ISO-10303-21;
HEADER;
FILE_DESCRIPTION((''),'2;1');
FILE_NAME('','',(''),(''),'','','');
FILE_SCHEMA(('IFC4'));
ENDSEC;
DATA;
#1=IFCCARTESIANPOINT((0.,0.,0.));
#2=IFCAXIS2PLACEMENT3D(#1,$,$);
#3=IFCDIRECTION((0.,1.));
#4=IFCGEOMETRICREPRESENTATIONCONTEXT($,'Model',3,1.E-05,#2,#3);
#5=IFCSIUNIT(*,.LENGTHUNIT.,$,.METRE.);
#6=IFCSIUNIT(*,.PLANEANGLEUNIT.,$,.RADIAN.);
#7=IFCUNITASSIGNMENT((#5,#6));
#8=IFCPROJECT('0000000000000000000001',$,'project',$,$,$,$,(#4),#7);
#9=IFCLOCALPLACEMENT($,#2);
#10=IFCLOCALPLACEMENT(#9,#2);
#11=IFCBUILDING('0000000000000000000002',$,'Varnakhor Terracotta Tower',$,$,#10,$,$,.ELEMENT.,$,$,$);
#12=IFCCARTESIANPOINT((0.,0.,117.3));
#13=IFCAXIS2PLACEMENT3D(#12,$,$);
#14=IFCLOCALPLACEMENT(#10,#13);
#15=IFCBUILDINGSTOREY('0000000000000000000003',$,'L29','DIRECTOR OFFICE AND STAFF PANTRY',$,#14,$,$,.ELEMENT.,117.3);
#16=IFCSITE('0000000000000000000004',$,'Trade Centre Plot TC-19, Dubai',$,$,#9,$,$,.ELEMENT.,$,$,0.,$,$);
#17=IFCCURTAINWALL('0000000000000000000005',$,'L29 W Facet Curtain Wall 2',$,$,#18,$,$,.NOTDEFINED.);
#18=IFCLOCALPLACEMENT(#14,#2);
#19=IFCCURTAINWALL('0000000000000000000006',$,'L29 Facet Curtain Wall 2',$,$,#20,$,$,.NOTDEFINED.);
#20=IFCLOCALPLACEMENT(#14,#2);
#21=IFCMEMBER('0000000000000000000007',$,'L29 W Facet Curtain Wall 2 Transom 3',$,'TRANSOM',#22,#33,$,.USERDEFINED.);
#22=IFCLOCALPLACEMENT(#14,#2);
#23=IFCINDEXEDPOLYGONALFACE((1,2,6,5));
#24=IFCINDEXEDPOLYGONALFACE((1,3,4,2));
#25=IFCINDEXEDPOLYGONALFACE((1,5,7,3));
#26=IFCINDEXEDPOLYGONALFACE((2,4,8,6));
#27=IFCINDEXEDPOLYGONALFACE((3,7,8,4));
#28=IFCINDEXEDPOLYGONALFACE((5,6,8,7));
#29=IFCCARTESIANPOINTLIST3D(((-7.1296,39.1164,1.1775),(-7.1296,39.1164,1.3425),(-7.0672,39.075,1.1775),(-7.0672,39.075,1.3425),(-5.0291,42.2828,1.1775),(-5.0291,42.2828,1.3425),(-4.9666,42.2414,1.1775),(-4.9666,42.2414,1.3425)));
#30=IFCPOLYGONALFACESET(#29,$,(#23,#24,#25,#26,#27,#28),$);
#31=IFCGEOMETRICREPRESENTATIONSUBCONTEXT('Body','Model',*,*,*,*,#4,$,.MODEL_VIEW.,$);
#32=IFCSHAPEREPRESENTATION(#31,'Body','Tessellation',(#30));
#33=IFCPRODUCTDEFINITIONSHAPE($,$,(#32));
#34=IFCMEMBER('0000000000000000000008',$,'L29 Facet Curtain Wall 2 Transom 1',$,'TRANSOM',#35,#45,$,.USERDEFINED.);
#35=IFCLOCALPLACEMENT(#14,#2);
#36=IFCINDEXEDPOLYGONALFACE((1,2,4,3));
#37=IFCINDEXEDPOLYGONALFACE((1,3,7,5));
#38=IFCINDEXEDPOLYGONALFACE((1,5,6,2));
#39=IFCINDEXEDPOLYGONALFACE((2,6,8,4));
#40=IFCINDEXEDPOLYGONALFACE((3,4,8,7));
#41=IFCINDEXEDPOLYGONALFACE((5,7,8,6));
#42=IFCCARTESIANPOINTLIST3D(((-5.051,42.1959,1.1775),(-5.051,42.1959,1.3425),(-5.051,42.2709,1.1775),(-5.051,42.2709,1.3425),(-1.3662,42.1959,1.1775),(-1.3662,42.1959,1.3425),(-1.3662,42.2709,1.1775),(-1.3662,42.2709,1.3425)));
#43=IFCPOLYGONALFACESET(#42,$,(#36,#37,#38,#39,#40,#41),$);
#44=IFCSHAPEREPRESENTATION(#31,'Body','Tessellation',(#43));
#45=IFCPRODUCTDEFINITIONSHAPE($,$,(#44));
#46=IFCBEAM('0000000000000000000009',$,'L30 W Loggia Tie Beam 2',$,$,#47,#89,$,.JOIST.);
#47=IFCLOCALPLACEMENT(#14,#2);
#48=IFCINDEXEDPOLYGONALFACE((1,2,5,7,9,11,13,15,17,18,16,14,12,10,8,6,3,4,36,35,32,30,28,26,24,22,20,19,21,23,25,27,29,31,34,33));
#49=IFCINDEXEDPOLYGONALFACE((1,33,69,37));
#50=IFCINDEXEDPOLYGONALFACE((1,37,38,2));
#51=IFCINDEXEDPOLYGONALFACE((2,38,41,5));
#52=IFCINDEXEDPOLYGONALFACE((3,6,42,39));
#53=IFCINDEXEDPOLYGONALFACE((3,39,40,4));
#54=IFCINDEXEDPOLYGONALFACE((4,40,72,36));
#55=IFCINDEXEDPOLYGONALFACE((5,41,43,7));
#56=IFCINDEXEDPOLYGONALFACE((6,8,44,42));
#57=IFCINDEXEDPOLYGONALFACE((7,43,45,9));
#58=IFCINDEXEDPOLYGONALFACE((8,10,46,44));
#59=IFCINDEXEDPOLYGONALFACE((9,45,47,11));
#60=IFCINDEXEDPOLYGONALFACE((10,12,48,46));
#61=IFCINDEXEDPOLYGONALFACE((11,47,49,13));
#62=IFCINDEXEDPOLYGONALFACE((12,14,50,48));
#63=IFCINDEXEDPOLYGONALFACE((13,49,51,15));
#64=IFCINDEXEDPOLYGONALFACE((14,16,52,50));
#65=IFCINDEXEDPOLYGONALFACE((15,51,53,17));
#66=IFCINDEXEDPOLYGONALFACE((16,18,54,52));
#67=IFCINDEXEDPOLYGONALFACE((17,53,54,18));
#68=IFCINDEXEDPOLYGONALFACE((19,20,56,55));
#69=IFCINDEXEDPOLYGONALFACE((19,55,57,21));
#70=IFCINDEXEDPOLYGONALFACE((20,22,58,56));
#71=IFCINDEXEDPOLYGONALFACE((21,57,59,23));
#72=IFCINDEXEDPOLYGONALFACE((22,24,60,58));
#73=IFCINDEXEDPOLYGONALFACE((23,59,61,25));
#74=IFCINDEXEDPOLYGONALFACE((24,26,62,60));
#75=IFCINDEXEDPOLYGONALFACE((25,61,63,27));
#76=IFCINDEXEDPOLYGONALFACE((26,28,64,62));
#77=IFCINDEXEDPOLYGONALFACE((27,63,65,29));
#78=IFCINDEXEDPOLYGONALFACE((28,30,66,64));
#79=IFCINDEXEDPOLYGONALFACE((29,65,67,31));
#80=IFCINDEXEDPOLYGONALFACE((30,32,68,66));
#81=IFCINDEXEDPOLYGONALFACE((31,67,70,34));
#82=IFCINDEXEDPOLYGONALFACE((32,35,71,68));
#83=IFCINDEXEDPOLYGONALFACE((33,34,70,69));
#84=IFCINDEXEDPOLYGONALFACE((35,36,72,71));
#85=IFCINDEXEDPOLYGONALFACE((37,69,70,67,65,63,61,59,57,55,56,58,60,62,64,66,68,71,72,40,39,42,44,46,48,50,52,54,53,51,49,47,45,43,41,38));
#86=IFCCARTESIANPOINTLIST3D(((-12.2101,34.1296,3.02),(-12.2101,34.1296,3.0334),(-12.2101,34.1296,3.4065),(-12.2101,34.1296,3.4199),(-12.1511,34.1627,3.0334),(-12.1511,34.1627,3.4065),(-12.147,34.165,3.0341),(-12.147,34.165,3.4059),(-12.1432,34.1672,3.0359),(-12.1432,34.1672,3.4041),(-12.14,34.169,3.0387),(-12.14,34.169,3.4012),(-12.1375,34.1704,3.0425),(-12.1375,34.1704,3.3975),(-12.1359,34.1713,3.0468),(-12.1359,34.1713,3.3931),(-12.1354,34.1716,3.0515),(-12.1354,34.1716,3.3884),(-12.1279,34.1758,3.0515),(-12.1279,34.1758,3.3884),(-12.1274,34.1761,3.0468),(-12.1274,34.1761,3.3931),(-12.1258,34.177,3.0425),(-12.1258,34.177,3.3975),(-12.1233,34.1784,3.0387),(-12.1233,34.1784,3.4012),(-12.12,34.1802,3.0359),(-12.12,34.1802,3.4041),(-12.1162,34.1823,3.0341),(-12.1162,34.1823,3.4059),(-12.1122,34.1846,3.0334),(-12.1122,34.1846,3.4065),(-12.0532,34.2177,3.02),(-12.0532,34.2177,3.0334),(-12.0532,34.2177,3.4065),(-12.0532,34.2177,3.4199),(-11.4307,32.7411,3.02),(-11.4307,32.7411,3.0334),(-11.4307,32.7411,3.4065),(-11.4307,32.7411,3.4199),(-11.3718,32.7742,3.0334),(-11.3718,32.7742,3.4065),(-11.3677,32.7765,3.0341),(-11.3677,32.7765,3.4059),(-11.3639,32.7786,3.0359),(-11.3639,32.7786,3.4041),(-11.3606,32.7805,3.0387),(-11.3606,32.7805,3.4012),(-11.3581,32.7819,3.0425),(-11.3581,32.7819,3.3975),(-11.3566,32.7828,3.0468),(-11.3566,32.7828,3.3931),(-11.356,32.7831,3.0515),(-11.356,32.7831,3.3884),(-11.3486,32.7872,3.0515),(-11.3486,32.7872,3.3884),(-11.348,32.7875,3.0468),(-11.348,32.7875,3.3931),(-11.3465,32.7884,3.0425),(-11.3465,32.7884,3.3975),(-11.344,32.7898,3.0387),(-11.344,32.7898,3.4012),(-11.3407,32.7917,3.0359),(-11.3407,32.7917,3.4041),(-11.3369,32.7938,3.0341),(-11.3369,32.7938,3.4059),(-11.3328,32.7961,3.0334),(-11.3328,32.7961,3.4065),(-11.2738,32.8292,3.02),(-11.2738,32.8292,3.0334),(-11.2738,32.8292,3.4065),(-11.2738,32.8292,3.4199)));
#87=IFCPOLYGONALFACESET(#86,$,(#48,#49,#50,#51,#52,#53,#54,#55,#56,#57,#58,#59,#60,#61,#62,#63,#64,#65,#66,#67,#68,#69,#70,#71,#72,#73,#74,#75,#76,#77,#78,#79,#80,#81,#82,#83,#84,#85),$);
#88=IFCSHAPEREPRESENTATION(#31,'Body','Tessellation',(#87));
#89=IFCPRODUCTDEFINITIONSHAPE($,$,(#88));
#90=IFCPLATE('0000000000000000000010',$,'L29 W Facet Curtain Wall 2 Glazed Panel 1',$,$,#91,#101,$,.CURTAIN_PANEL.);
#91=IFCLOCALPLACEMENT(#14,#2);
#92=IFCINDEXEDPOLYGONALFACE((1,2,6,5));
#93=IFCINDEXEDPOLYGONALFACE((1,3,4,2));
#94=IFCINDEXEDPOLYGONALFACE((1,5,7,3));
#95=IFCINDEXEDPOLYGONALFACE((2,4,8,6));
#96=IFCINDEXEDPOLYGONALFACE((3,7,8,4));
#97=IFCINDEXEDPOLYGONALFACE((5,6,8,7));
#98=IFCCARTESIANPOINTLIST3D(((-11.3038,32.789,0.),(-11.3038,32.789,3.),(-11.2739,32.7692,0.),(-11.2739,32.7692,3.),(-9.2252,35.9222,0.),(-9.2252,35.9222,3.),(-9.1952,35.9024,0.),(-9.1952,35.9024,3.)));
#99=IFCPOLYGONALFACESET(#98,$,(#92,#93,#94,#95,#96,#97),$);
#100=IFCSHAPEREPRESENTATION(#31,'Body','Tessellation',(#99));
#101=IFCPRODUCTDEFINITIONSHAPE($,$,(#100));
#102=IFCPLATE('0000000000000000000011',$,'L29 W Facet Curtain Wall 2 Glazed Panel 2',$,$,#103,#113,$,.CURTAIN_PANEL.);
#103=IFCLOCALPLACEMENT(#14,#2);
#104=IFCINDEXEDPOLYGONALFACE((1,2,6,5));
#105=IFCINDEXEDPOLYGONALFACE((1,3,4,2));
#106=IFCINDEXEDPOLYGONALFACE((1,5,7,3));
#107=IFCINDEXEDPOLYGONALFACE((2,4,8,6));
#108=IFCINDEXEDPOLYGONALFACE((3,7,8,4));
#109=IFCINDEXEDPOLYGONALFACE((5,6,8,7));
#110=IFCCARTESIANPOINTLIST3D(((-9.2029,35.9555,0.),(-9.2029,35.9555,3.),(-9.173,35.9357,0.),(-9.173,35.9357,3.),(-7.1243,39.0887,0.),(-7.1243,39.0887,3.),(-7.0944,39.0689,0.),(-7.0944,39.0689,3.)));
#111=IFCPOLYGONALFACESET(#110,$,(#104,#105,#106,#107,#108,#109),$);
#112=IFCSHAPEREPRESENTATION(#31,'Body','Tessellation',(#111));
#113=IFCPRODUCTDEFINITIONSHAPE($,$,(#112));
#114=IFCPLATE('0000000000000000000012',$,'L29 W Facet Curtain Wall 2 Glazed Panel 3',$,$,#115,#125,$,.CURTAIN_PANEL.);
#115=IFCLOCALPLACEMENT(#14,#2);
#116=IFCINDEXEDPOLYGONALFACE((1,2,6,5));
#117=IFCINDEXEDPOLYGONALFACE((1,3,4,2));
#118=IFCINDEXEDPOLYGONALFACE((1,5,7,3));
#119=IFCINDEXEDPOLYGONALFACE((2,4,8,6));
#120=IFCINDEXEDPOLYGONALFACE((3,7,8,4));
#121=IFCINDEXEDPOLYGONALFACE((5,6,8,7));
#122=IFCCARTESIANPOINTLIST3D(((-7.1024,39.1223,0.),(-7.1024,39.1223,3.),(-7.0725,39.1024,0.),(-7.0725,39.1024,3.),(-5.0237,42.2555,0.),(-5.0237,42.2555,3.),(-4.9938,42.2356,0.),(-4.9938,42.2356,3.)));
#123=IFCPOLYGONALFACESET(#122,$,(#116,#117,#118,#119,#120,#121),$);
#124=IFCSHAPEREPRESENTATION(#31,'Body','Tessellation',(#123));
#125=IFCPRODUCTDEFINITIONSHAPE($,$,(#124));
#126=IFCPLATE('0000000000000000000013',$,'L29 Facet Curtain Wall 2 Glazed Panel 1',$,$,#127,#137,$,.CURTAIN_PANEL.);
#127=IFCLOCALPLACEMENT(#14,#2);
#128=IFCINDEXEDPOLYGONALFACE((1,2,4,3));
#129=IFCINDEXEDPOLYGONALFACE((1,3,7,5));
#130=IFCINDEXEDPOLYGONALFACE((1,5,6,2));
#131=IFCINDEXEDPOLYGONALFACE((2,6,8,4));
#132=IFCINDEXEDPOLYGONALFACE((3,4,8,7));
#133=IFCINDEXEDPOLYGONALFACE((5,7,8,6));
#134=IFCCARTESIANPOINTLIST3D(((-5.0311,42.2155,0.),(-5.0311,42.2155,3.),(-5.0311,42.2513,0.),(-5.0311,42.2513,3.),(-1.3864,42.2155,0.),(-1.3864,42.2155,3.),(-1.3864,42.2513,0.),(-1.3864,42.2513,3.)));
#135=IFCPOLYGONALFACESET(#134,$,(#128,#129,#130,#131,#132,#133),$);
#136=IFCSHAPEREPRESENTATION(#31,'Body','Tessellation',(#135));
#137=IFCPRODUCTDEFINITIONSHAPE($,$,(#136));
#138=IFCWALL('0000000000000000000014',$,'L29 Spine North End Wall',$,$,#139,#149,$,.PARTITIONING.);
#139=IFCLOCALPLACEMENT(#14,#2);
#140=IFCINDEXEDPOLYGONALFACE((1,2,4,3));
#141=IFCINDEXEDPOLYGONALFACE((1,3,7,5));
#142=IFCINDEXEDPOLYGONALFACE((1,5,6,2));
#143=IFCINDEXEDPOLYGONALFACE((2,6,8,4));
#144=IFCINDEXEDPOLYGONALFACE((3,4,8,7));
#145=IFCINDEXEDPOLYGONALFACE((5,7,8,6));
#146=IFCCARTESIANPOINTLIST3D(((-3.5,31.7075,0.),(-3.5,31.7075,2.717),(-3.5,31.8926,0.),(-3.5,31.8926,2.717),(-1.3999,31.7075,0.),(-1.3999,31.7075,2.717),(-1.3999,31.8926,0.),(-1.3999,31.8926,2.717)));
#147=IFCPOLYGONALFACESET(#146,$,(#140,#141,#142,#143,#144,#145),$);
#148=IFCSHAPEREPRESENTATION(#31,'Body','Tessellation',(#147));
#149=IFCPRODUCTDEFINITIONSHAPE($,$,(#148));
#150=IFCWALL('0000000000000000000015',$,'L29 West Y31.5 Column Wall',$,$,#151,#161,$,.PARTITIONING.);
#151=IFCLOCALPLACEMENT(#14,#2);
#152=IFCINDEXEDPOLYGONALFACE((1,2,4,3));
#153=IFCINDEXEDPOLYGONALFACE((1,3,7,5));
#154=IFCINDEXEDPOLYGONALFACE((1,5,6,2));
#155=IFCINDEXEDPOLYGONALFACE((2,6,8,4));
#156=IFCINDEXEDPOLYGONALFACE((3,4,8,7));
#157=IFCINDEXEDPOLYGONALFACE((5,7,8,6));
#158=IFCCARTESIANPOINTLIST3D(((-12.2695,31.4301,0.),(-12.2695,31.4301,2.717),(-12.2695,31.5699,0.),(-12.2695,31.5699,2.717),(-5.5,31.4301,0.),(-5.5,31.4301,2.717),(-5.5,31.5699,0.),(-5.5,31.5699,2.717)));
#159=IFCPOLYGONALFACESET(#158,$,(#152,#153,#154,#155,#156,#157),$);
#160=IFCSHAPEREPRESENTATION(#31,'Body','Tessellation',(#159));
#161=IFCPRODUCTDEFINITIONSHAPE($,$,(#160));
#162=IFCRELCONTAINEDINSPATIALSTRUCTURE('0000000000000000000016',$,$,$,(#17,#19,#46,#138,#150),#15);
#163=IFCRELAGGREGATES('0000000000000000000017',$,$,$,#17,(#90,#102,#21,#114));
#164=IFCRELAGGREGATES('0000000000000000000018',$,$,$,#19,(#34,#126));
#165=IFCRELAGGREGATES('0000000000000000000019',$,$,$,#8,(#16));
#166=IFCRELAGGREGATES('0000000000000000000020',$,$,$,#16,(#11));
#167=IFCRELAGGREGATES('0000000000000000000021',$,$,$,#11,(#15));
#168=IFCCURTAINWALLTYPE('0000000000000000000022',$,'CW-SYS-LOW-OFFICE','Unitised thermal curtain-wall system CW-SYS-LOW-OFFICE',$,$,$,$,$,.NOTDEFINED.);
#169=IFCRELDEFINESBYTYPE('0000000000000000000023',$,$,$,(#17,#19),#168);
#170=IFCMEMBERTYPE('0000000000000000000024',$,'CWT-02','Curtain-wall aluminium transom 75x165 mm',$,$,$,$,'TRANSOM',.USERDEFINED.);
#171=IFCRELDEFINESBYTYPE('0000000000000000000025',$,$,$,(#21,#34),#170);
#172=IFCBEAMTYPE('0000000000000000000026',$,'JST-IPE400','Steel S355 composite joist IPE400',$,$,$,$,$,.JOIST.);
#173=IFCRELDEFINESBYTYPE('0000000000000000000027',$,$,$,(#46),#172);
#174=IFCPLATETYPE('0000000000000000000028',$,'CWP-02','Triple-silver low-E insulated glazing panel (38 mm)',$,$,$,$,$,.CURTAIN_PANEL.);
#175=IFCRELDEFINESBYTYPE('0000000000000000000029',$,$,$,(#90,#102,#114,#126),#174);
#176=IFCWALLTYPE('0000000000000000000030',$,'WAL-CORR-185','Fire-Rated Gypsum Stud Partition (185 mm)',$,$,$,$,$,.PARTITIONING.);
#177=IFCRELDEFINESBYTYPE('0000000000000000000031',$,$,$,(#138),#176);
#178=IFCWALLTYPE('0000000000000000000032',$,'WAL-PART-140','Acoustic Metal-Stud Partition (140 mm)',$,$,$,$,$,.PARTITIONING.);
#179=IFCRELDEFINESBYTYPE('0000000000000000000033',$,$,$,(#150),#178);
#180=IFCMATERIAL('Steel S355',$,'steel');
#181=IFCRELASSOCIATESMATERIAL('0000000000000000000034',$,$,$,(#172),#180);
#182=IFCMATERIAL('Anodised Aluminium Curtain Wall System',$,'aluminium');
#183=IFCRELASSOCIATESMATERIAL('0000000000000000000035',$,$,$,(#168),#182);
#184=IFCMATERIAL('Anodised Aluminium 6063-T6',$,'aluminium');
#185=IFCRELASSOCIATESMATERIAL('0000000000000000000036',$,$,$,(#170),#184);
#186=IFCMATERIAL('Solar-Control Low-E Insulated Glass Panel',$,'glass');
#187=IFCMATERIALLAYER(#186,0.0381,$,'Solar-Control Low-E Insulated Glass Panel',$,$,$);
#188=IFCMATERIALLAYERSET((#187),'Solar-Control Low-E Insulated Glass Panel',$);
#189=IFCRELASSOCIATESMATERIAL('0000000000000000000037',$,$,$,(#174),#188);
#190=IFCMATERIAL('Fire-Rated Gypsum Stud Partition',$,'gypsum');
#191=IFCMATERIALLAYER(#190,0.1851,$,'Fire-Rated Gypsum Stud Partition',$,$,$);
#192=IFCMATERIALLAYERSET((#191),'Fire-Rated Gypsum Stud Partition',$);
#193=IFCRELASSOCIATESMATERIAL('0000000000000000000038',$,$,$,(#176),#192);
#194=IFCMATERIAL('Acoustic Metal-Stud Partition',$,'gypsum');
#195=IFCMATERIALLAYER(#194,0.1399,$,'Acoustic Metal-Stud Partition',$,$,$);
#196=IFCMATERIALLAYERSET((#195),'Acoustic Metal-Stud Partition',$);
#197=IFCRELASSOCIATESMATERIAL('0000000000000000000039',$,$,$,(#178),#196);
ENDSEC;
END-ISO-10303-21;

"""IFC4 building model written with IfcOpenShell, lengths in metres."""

from ifc_helpers import new_model, si_unit, direction, frame, frame_2d, origin, origin_2d, place, context, subcontext, project, spatial, rectangle, i_section, extrude, source, transform, mapped, material, layer, layer_set, material_profile, profile_set, type_object, element, aggregate, save


model = new_model("IFC4")

# Units and contexts
model_context = context("Model", 3, precision=1e-05, world=origin(), true_north=direction((0.0, 1.0)))
body_context = subcontext(model_context, "Body", "Model", "MODEL_VIEW")
ifc_project = project(units=[si_unit("LENGTHUNIT", "METRE"), si_unit("PLANEANGLEUNIT", "RADIAN")], contexts=[model_context])

# Site, building, storey
site_placement = place(None, origin())
site = spatial("IfcSite", under=ifc_project, at=site_placement, Name="Trade Centre Plot TC-19, Dubai", CompositionType="ELEMENT", RefElevation=0.0)
building_placement = place(site_placement, origin())
building = spatial("IfcBuilding", under=site, at=building_placement, Name="Varnakhor Terracotta Tower", CompositionType="ELEMENT")
storey_placement = place(building_placement, frame((0.0, 0.0, 117.3)))
storey = spatial("IfcBuildingStorey", under=building, at=storey_placement, Name="L29", Description="DIRECTOR OFFICE AND STAFF PANTRY", CompositionType="ELEMENT", Elevation=117.3)

# Shared definitions
ifc_material_1 = material(Name="Steel S355", Category="steel")
ifc_material_profile_1 = material_profile(ifc_material_1, i_section(OverallWidth=0.1799, OverallDepth=0.3999, WebThickness=0.0085, FlangeThickness=0.0134, FilletRadius=0.0181, at=origin_2d()), Name="IPE400")
ifc_profile_set_1 = profile_set([ifc_material_profile_1], Name="Steel S355")
beam_type_1 = type_object("IfcBeamType", Name="JST-IPE400", Description="Steel S355 composite joist IPE400", PredefinedType="JOIST", material=ifc_profile_set_1)

# Curtain wall
ifc_material_2 = material(Name="Anodised Aluminium Curtain Wall System", Category="aluminium")
curtain_wall_type = type_object("IfcCurtainWallType", Name="CW-SYS-LOW-OFFICE", Description="Unitised thermal curtain-wall system CW-SYS-LOW-OFFICE", PredefinedType="NOTDEFINED", material=ifc_material_2)
curtain_wall_1_placement = place(storey_placement, origin())
curtain_wall_1 = element("IfcCurtainWall", 1, at=curtain_wall_1_placement, inside=storey, type_object=curtain_wall_type, Name="L29 W Facet Curtain Wall 2", PredefinedType="NOTDEFINED")
ifc_material_3 = material(Name="Anodised Aluminium 6063-T6", Category="aluminium")

# Curtain wall
curtain_wall_2_placement = place(storey_placement, origin())
curtain_wall_2 = element("IfcCurtainWall", 2, at=curtain_wall_2_placement, inside=storey, type_object=curtain_wall_type, Name="L29 Facet Curtain Wall 2", PredefinedType="NOTDEFINED")

# Members
ifc_material_profile_2 = material_profile(ifc_material_3, rectangle(XDim=0.075, YDim=0.165, at=origin_2d()), Name="ALU TRANSOM 75x165")
ifc_profile_set_2 = profile_set([ifc_material_profile_2], Name="Anodised Aluminium 6063-T6")
member_type_1 = type_object("IfcMemberType", Name="CWT-02", Description="Curtain-wall aluminium transom 75x165 mm", ElementType="TRANSOM", PredefinedType="USERDEFINED", material=ifc_profile_set_2)
shared_shape_1 = source(origin(), body_context, "Body", "SweptSolid", [
    extrude(rectangle(XDim=0.075, YDim=0.165, at=origin_2d()), origin(), (0.0, 0.0, 1.0), 3.7998),
])
member_1_placement = place(storey_placement, frame((-7.0984, 39.0957, 1.26), z_axis=(0.552801, 0.833313, 0.0), x_axis=(-0.833313, 0.552801, 0.0)))
member_1 = element("IfcMember", 3, at=member_1_placement, type_object=member_type_1, Name="L29 W Facet Curtain Wall 2 Transom 3", ObjectType="TRANSOM", PredefinedType="USERDEFINED", context=body_context, shape_type="MappedRepresentation", body=[
    mapped(shared_shape_1, transform((0.0, 0.0, 0.0), scale=1.0)),
])
shared_shape_2 = source(origin(), body_context, "Body", "SweptSolid", [
    extrude(rectangle(XDim=0.075, YDim=0.165, at=origin_2d()), origin(), (0.0, 0.0, 1.0), 3.6848),
])
member_2_placement = place(storey_placement, frame((-5.051, 42.2334, 1.26), z_axis=(1.0, 0.0, 0.0), x_axis=(0.0, 1.0, 0.0)))
member_2 = element("IfcMember", 4, at=member_2_placement, type_object=member_type_1, Name="L29 Facet Curtain Wall 2 Transom 1", ObjectType="TRANSOM", PredefinedType="USERDEFINED", context=body_context, shape_type="MappedRepresentation", body=[
    mapped(shared_shape_2, transform((0.0, 0.0, 0.0), scale=1.0)),
])

# Beam
shared_shape_3 = source(origin(), body_context, "Body", "SweptSolid", [
    extrude(i_section(OverallWidth=0.1799, OverallDepth=0.3999, WebThickness=0.0085, FlangeThickness=0.0134, FilletRadius=0.0181, at=origin_2d()), origin(), (0.0, 0.0, 1.0), 1.5923),
])
beam_1_placement = place(storey_placement, frame((-11.3523, 32.7852, 3.22), z_axis=(-0.489453, 0.87203, 0.0), x_axis=(-0.87203, -0.489453, 0.0)))
element("IfcBeam", 5, at=beam_1_placement, inside=storey, type_object=beam_type_1, Name="L30 W Loggia Tie Beam 2", PredefinedType="JOIST", context=body_context, shape_type="MappedRepresentation", body=[
    mapped(shared_shape_3, transform((0.0, 0.0, 0.0), scale=1.0)),
])

# Plates
ifc_material_4 = material(Name="Solar-Control Low-E Insulated Glass Panel", Category="glass")
ifc_layer_1 = layer(ifc_material_4, 0.0381, Name="Solar-Control Low-E Insulated Glass Panel")
ifc_layer_set_1 = layer_set([ifc_layer_1], Name="Solar-Control Low-E Insulated Glass Panel")
plate_type = type_object("IfcPlateType", Name="CWP-02", Description="Triple-silver low-E insulated glazing panel (38 mm)", PredefinedType="CURTAIN_PANEL", material=ifc_layer_set_1)
shared_shape_4 = source(origin(), body_context, "Body", "SweptSolid", [
    extrude(rectangle(XDim=3.76, YDim=0.0359, at=origin_2d()), origin(), (0.0, 0.0, 1.0), 3.0),
])
plate_1_placement = place(storey_placement, frame((-10.2495, 34.3457, 0.0), z_axis=(0.0, 0.0, 1.0), x_axis=(0.552824, 0.833298, 0.0)))
plate_1 = element("IfcPlate", 6, at=plate_1_placement, type_object=plate_type, Name="L29 W Facet Curtain Wall 2 Glazed Panel 1", PredefinedType="CURTAIN_PANEL", context=body_context, shape_type="MappedRepresentation", body=[
    mapped(shared_shape_4, transform((0.0, 0.0, 0.0), scale=1.0)),
])
plate_2_placement = place(storey_placement, frame((-8.1487, 37.5122, 0.0), z_axis=(0.0, 0.0, 1.0), x_axis=(0.552824, 0.833298, 0.0)))
plate_2 = element("IfcPlate", 7, at=plate_2_placement, type_object=plate_type, Name="L29 W Facet Curtain Wall 2 Glazed Panel 2", PredefinedType="CURTAIN_PANEL", context=body_context, shape_type="MappedRepresentation", body=[
    mapped(shared_shape_4, transform((0.0, 0.0, 0.0), scale=1.0)),
])
plate_3_placement = place(storey_placement, frame((-6.0481, 40.679, 0.0), z_axis=(0.0, 0.0, 1.0), x_axis=(0.552824, 0.833298, 0.0)))
plate_3 = element("IfcPlate", 8, at=plate_3_placement, type_object=plate_type, Name="L29 W Facet Curtain Wall 2 Glazed Panel 3", PredefinedType="CURTAIN_PANEL", context=body_context, shape_type="MappedRepresentation", body=[
    mapped(shared_shape_4, transform((0.0, 0.0, 0.0), scale=1.0)),
])
aggregate(curtain_wall_1, [plate_1, plate_2, member_1, plate_3])
shared_shape_5 = source(origin(), body_context, "Body", "SweptSolid", [
    extrude(rectangle(XDim=3.6448, YDim=0.0359, at=origin_2d()), origin(), (0.0, 0.0, 1.0), 3.0),
])
plate_4_placement = place(storey_placement, frame((-3.2087, 42.2334, 0.0), z_axis=(0.0, 0.0, 1.0), x_axis=(1.0, 0.0, 0.0)))
plate_4 = element("IfcPlate", 9, at=plate_4_placement, type_object=plate_type, Name="L29 Facet Curtain Wall 2 Glazed Panel 1", PredefinedType="CURTAIN_PANEL", context=body_context, shape_type="MappedRepresentation", body=[
    mapped(shared_shape_5, transform((0.0, 0.0, 0.0), scale=1.0)),
])
aggregate(curtain_wall_2, [member_2, plate_4])

# Walls
ifc_material_5 = material(Name="Fire-Rated Gypsum Stud Partition", Category="gypsum")
ifc_layer_2 = layer(ifc_material_5, 0.1851, Name="Fire-Rated Gypsum Stud Partition")
ifc_layer_set_2 = layer_set([ifc_layer_2], Name="Fire-Rated Gypsum Stud Partition")
wall_type_1 = type_object("IfcWallType", Name="WAL-CORR-185", Description="Fire-Rated Gypsum Stud Partition (185 mm)", PredefinedType="PARTITIONING", material=ifc_layer_set_2)
wall_1_placement = place(storey_placement, frame((-3.5, 31.8, 0.0), z_axis=(0.0, 0.0, 1.0), x_axis=(1.0, 0.0, 0.0)))
element("IfcWall", 10, at=wall_1_placement, inside=storey, type_object=wall_type_1, Name="L29 Spine North End Wall", PredefinedType="PARTITIONING", context=body_context, shape_type="SweptSolid", body=[
    extrude(rectangle(XDim=2.1001, YDim=0.1851, at=frame_2d((1.05, 0.0))), origin(), (0.0, 0.0, 1.0), 2.717),
])
ifc_material_6 = material(Name="Acoustic Metal-Stud Partition", Category="gypsum")
ifc_layer_3 = layer(ifc_material_6, 0.1399, Name="Acoustic Metal-Stud Partition")
ifc_layer_set_3 = layer_set([ifc_layer_3], Name="Acoustic Metal-Stud Partition")
wall_type_2 = type_object("IfcWallType", Name="WAL-PART-140", Description="Acoustic Metal-Stud Partition (140 mm)", PredefinedType="PARTITIONING", material=ifc_layer_set_3)
wall_2_placement = place(storey_placement, frame((-12.2695, 31.5, 0.0), z_axis=(0.0, 0.0, 1.0), x_axis=(1.0, 0.0, 0.0)))
element("IfcWall", 11, at=wall_2_placement, inside=storey, type_object=wall_type_2, Name="L29 West Y31.5 Column Wall", PredefinedType="PARTITIONING", context=body_context, shape_type="SweptSolid", body=[
    extrude(rectangle(XDim=6.7695, YDim=0.1399, at=frame_2d((3.3848, 0.0))), origin(), (0.0, 0.0, 1.0), 2.717),
])

save(model, "model.ifc")
